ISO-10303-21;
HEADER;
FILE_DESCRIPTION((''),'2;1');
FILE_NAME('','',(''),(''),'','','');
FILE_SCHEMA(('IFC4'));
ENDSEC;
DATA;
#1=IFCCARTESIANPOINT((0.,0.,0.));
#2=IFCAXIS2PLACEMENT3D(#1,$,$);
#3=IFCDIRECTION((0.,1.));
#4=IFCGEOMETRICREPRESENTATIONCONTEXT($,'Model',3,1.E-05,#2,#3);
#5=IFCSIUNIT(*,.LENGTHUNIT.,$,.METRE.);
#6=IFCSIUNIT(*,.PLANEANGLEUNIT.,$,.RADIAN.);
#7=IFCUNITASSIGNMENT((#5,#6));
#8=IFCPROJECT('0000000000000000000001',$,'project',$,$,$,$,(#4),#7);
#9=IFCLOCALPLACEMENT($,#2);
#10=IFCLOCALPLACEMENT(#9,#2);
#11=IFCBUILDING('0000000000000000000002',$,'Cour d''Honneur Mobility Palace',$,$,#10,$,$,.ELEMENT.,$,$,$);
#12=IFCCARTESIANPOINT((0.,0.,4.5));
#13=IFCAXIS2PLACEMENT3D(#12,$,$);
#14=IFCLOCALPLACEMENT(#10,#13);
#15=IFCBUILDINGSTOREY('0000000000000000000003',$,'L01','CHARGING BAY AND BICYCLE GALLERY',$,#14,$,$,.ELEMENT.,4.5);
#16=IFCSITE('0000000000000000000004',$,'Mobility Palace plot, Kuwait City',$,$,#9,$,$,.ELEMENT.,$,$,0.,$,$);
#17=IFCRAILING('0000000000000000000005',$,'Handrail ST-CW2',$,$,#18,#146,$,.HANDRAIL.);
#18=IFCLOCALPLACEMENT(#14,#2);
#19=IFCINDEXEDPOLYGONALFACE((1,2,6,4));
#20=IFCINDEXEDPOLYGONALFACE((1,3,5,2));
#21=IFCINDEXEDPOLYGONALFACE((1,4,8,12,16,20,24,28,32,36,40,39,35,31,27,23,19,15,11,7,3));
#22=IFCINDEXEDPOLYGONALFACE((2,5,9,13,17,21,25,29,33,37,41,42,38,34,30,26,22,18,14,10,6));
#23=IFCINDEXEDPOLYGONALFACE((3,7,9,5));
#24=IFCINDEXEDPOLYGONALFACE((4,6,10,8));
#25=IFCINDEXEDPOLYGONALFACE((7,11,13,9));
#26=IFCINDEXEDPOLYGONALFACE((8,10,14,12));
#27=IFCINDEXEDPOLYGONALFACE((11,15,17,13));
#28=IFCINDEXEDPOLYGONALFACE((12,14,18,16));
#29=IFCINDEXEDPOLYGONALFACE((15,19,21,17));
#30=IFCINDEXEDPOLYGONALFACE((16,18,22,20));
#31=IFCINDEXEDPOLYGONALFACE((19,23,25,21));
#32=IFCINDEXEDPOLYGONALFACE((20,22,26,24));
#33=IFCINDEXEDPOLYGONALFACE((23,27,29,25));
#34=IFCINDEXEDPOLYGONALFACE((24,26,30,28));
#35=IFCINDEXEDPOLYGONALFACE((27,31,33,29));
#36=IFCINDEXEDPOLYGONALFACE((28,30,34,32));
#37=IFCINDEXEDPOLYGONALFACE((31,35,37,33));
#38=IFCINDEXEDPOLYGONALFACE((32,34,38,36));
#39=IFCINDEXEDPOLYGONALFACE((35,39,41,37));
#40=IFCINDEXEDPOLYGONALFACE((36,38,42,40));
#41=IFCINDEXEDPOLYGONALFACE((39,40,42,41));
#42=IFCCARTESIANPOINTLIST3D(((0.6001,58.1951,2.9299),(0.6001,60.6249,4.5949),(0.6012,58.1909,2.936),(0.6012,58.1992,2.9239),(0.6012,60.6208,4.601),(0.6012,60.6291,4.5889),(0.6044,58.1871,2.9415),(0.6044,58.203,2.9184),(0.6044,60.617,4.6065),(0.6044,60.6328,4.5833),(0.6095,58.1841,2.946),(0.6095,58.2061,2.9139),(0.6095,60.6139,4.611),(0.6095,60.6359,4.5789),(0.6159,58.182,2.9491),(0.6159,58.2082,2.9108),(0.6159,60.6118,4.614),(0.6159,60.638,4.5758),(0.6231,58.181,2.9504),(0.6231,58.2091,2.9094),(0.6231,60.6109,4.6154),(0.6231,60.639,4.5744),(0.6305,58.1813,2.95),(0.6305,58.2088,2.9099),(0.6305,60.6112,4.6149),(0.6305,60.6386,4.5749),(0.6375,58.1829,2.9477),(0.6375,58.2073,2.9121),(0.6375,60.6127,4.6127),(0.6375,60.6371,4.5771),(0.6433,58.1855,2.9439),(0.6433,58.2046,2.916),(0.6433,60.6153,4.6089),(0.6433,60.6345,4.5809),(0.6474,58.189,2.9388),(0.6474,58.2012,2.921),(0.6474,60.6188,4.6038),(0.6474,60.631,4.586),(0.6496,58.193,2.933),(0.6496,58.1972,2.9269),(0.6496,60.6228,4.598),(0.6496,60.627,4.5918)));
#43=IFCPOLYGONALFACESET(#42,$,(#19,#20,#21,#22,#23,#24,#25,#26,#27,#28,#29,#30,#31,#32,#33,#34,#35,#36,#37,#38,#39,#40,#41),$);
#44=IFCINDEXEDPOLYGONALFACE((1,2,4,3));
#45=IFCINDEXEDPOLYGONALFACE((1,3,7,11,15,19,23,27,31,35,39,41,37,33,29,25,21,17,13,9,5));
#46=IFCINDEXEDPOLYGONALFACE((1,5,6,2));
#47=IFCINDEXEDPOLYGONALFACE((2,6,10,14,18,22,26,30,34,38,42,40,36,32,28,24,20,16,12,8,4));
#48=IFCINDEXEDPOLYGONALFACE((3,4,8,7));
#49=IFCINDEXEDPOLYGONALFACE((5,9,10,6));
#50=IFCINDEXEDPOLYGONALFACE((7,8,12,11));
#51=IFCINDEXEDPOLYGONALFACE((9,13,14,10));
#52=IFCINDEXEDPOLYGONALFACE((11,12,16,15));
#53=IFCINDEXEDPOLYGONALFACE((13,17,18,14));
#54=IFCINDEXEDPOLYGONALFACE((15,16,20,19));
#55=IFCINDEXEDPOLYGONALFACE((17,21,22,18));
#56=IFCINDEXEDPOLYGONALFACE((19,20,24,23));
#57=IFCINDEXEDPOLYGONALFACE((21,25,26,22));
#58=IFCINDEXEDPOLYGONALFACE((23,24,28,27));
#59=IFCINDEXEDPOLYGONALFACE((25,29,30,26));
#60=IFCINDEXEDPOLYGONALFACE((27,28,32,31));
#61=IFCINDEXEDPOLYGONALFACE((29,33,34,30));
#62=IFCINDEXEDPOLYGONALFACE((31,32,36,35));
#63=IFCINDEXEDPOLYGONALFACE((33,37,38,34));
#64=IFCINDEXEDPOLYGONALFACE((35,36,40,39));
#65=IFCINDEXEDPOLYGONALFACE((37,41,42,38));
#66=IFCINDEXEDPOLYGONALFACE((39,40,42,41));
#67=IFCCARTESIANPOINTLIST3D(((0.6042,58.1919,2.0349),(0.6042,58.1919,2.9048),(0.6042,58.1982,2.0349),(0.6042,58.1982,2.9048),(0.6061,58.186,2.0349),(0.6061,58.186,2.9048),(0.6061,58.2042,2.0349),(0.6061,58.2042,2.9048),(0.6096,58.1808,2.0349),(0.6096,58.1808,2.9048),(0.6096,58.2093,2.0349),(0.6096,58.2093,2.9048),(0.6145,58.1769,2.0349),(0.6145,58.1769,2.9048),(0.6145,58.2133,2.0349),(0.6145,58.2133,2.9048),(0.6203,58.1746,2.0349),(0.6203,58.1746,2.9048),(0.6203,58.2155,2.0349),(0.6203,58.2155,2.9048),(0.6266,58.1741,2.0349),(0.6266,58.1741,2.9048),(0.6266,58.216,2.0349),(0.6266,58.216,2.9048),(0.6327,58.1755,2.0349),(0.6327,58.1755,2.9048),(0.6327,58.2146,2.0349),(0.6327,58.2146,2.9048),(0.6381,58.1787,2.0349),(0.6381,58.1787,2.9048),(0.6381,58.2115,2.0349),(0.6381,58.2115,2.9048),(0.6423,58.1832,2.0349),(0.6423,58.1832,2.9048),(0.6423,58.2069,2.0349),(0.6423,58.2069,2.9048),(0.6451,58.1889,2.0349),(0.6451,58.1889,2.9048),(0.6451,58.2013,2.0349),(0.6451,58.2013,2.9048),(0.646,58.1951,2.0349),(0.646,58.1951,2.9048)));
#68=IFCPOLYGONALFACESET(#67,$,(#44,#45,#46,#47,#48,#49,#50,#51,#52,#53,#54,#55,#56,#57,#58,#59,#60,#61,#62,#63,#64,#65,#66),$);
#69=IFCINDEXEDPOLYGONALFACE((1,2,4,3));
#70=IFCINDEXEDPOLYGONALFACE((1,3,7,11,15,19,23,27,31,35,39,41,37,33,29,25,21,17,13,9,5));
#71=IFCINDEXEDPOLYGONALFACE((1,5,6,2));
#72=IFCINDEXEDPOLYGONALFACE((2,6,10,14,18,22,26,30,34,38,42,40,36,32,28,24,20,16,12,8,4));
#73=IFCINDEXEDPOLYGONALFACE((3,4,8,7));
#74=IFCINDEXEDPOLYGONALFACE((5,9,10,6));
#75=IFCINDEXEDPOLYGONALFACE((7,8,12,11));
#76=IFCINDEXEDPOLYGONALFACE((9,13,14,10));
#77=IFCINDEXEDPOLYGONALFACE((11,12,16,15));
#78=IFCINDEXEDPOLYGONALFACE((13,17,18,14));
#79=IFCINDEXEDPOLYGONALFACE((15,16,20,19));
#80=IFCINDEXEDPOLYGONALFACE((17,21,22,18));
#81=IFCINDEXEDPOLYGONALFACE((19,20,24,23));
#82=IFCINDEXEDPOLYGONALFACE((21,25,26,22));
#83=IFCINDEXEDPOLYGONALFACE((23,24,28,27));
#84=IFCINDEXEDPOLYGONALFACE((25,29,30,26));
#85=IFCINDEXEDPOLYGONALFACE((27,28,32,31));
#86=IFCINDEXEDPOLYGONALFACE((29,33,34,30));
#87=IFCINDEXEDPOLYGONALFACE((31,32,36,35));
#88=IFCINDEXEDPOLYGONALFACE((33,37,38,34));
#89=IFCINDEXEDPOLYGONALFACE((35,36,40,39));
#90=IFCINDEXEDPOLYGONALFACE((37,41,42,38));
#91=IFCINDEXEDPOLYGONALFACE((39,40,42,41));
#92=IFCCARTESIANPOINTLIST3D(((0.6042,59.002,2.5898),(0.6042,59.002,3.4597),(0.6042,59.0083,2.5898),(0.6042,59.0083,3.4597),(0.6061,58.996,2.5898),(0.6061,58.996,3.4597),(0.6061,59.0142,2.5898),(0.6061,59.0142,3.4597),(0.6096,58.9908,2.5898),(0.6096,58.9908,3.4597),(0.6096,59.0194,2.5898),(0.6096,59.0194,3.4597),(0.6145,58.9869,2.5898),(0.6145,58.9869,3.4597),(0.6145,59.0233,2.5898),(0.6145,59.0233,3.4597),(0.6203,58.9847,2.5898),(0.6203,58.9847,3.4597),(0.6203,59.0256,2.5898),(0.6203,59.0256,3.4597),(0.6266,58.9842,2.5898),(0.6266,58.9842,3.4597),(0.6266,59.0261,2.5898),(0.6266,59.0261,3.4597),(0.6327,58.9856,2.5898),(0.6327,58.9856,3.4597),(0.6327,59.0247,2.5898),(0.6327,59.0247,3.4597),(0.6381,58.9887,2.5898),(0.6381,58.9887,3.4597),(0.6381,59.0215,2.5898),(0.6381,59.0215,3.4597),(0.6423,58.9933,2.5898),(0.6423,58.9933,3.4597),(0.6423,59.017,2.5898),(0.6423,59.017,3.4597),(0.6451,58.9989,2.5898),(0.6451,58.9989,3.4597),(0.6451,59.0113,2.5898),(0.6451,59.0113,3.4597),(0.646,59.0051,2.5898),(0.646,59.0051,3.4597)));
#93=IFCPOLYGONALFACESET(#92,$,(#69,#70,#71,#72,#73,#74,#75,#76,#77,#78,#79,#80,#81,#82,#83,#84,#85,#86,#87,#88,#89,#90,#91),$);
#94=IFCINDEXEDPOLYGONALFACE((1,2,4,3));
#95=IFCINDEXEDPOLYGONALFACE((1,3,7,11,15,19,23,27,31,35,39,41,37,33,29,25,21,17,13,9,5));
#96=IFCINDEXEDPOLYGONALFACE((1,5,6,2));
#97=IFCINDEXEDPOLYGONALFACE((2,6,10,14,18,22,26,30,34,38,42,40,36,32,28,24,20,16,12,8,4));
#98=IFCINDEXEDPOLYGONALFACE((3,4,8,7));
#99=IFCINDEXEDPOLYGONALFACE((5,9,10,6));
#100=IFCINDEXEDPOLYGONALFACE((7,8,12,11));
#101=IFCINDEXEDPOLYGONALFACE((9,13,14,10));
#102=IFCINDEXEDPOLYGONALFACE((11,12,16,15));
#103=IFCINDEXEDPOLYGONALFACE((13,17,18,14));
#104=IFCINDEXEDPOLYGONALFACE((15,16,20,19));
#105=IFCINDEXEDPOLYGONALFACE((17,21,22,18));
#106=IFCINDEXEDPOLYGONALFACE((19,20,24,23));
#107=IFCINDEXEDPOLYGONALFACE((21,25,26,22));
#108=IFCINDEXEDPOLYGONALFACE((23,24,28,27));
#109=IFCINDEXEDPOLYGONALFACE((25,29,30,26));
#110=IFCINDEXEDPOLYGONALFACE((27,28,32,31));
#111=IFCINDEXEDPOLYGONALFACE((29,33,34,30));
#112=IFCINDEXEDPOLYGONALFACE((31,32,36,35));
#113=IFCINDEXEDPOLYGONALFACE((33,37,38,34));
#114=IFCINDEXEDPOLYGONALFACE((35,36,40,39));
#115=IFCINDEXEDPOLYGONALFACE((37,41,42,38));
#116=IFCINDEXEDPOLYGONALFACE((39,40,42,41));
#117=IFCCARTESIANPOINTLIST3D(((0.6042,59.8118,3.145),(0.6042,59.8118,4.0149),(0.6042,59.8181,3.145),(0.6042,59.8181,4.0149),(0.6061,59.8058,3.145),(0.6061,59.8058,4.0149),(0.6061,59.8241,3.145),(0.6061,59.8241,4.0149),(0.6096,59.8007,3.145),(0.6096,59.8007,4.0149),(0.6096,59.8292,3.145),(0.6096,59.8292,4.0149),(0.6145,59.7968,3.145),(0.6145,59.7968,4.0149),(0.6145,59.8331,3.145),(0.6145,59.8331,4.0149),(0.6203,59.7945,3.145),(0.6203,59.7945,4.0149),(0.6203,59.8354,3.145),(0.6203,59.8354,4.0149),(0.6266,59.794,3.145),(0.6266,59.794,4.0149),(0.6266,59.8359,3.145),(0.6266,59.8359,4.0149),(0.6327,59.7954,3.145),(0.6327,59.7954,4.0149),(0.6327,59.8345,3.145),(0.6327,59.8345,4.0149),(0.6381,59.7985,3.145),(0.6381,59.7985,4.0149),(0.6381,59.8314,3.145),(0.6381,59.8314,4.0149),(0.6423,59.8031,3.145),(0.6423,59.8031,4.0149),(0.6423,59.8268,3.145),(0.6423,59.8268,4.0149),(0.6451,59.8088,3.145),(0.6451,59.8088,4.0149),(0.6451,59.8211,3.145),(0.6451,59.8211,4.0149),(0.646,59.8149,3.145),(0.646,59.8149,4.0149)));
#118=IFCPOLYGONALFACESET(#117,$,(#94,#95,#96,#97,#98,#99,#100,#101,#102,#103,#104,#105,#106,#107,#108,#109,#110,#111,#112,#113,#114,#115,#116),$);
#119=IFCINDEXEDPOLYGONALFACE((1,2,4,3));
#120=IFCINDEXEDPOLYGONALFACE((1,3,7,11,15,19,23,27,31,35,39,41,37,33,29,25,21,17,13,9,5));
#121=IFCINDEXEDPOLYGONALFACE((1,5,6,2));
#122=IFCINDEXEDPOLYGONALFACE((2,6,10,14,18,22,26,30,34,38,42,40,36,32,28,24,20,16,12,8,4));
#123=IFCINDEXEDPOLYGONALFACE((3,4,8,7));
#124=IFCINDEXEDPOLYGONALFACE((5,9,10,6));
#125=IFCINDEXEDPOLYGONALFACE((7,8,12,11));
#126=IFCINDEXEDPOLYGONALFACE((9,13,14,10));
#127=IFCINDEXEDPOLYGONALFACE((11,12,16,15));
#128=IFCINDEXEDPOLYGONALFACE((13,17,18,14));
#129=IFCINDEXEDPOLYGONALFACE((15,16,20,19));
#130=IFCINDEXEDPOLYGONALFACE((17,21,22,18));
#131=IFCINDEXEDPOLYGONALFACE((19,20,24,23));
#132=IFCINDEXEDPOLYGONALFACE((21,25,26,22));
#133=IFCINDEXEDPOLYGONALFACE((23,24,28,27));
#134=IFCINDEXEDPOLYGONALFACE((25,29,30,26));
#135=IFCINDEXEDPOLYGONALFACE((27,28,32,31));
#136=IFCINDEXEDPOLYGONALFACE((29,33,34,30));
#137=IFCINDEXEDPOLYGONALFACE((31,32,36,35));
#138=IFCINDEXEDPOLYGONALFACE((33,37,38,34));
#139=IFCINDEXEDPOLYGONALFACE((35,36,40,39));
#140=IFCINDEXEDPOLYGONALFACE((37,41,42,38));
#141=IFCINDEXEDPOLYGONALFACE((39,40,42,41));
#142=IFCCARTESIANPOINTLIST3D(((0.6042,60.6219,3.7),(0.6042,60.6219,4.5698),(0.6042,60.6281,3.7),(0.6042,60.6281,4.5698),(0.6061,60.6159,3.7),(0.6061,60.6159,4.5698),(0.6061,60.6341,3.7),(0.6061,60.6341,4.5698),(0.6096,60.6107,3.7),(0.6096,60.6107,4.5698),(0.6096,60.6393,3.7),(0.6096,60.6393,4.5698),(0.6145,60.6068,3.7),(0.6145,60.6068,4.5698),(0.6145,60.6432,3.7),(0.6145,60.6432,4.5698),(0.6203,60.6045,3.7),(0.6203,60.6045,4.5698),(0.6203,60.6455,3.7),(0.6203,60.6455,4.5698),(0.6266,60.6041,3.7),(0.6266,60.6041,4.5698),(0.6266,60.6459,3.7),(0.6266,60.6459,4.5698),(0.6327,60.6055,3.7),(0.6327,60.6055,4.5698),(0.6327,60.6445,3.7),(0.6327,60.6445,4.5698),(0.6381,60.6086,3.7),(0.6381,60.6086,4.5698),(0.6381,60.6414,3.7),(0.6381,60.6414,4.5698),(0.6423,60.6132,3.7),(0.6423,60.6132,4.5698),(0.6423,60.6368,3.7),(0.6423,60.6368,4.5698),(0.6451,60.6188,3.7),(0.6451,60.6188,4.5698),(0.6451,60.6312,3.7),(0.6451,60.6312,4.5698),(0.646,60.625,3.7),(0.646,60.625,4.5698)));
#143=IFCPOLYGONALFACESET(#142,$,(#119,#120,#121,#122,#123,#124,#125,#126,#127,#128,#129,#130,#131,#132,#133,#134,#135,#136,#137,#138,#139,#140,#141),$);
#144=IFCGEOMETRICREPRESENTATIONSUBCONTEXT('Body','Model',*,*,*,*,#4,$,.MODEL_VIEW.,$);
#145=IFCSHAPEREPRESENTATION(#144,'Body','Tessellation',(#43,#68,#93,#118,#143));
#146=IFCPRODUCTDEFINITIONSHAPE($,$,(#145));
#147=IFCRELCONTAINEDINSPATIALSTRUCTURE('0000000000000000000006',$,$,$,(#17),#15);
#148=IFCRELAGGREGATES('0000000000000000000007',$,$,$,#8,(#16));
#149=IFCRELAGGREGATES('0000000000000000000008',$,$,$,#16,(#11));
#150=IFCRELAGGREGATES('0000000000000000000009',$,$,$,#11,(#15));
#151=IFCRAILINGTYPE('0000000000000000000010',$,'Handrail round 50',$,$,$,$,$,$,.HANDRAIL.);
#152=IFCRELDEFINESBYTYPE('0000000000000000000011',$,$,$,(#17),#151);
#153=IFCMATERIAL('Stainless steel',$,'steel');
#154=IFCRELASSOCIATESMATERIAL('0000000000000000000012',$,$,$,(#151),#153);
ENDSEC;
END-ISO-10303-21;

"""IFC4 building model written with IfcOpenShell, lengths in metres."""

from ifc_helpers import new_model, si_unit, direction, frame, origin, origin_2d, place, context, subcontext, project, spatial, circle, extrude, material, type_object, element, save


model = new_model("IFC4")

# Units and contexts
model_context = context("Model", 3, precision=1e-05, world=origin(), true_north=direction((0.0, 1.0)))
body_context = subcontext(model_context, "Body", "Model", "MODEL_VIEW")
ifc_project = project(units=[si_unit("LENGTHUNIT", "METRE"), si_unit("PLANEANGLEUNIT", "RADIAN")], contexts=[model_context])

# Site, building, storey
site_placement = place(None, origin())
site = spatial("IfcSite", under=ifc_project, at=site_placement, Name="Mobility Palace plot, Kuwait City", CompositionType="ELEMENT", RefElevation=0.0)
building_placement = place(site_placement, origin())
building = spatial("IfcBuilding", under=site, at=building_placement, Name="Cour d'Honneur Mobility Palace", CompositionType="ELEMENT")
storey_placement = place(building_placement, frame((0.0, 0.0, 4.5)))
storey = spatial("IfcBuildingStorey", under=building, at=storey_placement, Name="L01", Description="CHARGING BAY AND BICYCLE GALLERY", CompositionType="ELEMENT", Elevation=4.5)

# Railing
ifc_material_1 = material(Name="Stainless steel", Category="steel")
railing_type_1 = type_object("IfcRailingType", Name="Handrail round 50", PredefinedType="HANDRAIL", material=ifc_material_1)
for number, where, name in (
    (1, (0.625, 58.1951, 2.0349), "Handrail ST-CW2"),
):
    element("IfcRailing", number, at=place(storey_placement, frame(where)), inside=storey, type_object=railing_type_1, Name=name, PredefinedType="HANDRAIL", context=body_context, shape_type="SweptSolid", body=[
        extrude(circle(Radius=0.0249, at=origin_2d()), frame((0.0, 0.0, 0.895), z_axis=(0.0, 0.824919, 0.565251), x_axis=(-1.0, 0.0, 0.0)), (0.0, 0.0, 1.0), 2.9456),
        extrude(circle(Radius=0.021, at=origin_2d()), origin(), (0.0, 0.0, 1.0), 0.8699),
        extrude(circle(Radius=0.021, at=origin_2d()), frame((0.0, 0.8101, 0.5549)), (0.0, 0.0, 1.0), 0.8699),
        extrude(circle(Radius=0.021, at=origin_2d()), frame((0.0, 1.6199, 1.1101)), (0.0, 0.0, 1.0), 0.8699),
        extrude(circle(Radius=0.021, at=origin_2d()), frame((0.0, 2.4299, 1.665)), (0.0, 0.0, 1.0), 0.8699),
    ])

save(model, "model.ifc")
